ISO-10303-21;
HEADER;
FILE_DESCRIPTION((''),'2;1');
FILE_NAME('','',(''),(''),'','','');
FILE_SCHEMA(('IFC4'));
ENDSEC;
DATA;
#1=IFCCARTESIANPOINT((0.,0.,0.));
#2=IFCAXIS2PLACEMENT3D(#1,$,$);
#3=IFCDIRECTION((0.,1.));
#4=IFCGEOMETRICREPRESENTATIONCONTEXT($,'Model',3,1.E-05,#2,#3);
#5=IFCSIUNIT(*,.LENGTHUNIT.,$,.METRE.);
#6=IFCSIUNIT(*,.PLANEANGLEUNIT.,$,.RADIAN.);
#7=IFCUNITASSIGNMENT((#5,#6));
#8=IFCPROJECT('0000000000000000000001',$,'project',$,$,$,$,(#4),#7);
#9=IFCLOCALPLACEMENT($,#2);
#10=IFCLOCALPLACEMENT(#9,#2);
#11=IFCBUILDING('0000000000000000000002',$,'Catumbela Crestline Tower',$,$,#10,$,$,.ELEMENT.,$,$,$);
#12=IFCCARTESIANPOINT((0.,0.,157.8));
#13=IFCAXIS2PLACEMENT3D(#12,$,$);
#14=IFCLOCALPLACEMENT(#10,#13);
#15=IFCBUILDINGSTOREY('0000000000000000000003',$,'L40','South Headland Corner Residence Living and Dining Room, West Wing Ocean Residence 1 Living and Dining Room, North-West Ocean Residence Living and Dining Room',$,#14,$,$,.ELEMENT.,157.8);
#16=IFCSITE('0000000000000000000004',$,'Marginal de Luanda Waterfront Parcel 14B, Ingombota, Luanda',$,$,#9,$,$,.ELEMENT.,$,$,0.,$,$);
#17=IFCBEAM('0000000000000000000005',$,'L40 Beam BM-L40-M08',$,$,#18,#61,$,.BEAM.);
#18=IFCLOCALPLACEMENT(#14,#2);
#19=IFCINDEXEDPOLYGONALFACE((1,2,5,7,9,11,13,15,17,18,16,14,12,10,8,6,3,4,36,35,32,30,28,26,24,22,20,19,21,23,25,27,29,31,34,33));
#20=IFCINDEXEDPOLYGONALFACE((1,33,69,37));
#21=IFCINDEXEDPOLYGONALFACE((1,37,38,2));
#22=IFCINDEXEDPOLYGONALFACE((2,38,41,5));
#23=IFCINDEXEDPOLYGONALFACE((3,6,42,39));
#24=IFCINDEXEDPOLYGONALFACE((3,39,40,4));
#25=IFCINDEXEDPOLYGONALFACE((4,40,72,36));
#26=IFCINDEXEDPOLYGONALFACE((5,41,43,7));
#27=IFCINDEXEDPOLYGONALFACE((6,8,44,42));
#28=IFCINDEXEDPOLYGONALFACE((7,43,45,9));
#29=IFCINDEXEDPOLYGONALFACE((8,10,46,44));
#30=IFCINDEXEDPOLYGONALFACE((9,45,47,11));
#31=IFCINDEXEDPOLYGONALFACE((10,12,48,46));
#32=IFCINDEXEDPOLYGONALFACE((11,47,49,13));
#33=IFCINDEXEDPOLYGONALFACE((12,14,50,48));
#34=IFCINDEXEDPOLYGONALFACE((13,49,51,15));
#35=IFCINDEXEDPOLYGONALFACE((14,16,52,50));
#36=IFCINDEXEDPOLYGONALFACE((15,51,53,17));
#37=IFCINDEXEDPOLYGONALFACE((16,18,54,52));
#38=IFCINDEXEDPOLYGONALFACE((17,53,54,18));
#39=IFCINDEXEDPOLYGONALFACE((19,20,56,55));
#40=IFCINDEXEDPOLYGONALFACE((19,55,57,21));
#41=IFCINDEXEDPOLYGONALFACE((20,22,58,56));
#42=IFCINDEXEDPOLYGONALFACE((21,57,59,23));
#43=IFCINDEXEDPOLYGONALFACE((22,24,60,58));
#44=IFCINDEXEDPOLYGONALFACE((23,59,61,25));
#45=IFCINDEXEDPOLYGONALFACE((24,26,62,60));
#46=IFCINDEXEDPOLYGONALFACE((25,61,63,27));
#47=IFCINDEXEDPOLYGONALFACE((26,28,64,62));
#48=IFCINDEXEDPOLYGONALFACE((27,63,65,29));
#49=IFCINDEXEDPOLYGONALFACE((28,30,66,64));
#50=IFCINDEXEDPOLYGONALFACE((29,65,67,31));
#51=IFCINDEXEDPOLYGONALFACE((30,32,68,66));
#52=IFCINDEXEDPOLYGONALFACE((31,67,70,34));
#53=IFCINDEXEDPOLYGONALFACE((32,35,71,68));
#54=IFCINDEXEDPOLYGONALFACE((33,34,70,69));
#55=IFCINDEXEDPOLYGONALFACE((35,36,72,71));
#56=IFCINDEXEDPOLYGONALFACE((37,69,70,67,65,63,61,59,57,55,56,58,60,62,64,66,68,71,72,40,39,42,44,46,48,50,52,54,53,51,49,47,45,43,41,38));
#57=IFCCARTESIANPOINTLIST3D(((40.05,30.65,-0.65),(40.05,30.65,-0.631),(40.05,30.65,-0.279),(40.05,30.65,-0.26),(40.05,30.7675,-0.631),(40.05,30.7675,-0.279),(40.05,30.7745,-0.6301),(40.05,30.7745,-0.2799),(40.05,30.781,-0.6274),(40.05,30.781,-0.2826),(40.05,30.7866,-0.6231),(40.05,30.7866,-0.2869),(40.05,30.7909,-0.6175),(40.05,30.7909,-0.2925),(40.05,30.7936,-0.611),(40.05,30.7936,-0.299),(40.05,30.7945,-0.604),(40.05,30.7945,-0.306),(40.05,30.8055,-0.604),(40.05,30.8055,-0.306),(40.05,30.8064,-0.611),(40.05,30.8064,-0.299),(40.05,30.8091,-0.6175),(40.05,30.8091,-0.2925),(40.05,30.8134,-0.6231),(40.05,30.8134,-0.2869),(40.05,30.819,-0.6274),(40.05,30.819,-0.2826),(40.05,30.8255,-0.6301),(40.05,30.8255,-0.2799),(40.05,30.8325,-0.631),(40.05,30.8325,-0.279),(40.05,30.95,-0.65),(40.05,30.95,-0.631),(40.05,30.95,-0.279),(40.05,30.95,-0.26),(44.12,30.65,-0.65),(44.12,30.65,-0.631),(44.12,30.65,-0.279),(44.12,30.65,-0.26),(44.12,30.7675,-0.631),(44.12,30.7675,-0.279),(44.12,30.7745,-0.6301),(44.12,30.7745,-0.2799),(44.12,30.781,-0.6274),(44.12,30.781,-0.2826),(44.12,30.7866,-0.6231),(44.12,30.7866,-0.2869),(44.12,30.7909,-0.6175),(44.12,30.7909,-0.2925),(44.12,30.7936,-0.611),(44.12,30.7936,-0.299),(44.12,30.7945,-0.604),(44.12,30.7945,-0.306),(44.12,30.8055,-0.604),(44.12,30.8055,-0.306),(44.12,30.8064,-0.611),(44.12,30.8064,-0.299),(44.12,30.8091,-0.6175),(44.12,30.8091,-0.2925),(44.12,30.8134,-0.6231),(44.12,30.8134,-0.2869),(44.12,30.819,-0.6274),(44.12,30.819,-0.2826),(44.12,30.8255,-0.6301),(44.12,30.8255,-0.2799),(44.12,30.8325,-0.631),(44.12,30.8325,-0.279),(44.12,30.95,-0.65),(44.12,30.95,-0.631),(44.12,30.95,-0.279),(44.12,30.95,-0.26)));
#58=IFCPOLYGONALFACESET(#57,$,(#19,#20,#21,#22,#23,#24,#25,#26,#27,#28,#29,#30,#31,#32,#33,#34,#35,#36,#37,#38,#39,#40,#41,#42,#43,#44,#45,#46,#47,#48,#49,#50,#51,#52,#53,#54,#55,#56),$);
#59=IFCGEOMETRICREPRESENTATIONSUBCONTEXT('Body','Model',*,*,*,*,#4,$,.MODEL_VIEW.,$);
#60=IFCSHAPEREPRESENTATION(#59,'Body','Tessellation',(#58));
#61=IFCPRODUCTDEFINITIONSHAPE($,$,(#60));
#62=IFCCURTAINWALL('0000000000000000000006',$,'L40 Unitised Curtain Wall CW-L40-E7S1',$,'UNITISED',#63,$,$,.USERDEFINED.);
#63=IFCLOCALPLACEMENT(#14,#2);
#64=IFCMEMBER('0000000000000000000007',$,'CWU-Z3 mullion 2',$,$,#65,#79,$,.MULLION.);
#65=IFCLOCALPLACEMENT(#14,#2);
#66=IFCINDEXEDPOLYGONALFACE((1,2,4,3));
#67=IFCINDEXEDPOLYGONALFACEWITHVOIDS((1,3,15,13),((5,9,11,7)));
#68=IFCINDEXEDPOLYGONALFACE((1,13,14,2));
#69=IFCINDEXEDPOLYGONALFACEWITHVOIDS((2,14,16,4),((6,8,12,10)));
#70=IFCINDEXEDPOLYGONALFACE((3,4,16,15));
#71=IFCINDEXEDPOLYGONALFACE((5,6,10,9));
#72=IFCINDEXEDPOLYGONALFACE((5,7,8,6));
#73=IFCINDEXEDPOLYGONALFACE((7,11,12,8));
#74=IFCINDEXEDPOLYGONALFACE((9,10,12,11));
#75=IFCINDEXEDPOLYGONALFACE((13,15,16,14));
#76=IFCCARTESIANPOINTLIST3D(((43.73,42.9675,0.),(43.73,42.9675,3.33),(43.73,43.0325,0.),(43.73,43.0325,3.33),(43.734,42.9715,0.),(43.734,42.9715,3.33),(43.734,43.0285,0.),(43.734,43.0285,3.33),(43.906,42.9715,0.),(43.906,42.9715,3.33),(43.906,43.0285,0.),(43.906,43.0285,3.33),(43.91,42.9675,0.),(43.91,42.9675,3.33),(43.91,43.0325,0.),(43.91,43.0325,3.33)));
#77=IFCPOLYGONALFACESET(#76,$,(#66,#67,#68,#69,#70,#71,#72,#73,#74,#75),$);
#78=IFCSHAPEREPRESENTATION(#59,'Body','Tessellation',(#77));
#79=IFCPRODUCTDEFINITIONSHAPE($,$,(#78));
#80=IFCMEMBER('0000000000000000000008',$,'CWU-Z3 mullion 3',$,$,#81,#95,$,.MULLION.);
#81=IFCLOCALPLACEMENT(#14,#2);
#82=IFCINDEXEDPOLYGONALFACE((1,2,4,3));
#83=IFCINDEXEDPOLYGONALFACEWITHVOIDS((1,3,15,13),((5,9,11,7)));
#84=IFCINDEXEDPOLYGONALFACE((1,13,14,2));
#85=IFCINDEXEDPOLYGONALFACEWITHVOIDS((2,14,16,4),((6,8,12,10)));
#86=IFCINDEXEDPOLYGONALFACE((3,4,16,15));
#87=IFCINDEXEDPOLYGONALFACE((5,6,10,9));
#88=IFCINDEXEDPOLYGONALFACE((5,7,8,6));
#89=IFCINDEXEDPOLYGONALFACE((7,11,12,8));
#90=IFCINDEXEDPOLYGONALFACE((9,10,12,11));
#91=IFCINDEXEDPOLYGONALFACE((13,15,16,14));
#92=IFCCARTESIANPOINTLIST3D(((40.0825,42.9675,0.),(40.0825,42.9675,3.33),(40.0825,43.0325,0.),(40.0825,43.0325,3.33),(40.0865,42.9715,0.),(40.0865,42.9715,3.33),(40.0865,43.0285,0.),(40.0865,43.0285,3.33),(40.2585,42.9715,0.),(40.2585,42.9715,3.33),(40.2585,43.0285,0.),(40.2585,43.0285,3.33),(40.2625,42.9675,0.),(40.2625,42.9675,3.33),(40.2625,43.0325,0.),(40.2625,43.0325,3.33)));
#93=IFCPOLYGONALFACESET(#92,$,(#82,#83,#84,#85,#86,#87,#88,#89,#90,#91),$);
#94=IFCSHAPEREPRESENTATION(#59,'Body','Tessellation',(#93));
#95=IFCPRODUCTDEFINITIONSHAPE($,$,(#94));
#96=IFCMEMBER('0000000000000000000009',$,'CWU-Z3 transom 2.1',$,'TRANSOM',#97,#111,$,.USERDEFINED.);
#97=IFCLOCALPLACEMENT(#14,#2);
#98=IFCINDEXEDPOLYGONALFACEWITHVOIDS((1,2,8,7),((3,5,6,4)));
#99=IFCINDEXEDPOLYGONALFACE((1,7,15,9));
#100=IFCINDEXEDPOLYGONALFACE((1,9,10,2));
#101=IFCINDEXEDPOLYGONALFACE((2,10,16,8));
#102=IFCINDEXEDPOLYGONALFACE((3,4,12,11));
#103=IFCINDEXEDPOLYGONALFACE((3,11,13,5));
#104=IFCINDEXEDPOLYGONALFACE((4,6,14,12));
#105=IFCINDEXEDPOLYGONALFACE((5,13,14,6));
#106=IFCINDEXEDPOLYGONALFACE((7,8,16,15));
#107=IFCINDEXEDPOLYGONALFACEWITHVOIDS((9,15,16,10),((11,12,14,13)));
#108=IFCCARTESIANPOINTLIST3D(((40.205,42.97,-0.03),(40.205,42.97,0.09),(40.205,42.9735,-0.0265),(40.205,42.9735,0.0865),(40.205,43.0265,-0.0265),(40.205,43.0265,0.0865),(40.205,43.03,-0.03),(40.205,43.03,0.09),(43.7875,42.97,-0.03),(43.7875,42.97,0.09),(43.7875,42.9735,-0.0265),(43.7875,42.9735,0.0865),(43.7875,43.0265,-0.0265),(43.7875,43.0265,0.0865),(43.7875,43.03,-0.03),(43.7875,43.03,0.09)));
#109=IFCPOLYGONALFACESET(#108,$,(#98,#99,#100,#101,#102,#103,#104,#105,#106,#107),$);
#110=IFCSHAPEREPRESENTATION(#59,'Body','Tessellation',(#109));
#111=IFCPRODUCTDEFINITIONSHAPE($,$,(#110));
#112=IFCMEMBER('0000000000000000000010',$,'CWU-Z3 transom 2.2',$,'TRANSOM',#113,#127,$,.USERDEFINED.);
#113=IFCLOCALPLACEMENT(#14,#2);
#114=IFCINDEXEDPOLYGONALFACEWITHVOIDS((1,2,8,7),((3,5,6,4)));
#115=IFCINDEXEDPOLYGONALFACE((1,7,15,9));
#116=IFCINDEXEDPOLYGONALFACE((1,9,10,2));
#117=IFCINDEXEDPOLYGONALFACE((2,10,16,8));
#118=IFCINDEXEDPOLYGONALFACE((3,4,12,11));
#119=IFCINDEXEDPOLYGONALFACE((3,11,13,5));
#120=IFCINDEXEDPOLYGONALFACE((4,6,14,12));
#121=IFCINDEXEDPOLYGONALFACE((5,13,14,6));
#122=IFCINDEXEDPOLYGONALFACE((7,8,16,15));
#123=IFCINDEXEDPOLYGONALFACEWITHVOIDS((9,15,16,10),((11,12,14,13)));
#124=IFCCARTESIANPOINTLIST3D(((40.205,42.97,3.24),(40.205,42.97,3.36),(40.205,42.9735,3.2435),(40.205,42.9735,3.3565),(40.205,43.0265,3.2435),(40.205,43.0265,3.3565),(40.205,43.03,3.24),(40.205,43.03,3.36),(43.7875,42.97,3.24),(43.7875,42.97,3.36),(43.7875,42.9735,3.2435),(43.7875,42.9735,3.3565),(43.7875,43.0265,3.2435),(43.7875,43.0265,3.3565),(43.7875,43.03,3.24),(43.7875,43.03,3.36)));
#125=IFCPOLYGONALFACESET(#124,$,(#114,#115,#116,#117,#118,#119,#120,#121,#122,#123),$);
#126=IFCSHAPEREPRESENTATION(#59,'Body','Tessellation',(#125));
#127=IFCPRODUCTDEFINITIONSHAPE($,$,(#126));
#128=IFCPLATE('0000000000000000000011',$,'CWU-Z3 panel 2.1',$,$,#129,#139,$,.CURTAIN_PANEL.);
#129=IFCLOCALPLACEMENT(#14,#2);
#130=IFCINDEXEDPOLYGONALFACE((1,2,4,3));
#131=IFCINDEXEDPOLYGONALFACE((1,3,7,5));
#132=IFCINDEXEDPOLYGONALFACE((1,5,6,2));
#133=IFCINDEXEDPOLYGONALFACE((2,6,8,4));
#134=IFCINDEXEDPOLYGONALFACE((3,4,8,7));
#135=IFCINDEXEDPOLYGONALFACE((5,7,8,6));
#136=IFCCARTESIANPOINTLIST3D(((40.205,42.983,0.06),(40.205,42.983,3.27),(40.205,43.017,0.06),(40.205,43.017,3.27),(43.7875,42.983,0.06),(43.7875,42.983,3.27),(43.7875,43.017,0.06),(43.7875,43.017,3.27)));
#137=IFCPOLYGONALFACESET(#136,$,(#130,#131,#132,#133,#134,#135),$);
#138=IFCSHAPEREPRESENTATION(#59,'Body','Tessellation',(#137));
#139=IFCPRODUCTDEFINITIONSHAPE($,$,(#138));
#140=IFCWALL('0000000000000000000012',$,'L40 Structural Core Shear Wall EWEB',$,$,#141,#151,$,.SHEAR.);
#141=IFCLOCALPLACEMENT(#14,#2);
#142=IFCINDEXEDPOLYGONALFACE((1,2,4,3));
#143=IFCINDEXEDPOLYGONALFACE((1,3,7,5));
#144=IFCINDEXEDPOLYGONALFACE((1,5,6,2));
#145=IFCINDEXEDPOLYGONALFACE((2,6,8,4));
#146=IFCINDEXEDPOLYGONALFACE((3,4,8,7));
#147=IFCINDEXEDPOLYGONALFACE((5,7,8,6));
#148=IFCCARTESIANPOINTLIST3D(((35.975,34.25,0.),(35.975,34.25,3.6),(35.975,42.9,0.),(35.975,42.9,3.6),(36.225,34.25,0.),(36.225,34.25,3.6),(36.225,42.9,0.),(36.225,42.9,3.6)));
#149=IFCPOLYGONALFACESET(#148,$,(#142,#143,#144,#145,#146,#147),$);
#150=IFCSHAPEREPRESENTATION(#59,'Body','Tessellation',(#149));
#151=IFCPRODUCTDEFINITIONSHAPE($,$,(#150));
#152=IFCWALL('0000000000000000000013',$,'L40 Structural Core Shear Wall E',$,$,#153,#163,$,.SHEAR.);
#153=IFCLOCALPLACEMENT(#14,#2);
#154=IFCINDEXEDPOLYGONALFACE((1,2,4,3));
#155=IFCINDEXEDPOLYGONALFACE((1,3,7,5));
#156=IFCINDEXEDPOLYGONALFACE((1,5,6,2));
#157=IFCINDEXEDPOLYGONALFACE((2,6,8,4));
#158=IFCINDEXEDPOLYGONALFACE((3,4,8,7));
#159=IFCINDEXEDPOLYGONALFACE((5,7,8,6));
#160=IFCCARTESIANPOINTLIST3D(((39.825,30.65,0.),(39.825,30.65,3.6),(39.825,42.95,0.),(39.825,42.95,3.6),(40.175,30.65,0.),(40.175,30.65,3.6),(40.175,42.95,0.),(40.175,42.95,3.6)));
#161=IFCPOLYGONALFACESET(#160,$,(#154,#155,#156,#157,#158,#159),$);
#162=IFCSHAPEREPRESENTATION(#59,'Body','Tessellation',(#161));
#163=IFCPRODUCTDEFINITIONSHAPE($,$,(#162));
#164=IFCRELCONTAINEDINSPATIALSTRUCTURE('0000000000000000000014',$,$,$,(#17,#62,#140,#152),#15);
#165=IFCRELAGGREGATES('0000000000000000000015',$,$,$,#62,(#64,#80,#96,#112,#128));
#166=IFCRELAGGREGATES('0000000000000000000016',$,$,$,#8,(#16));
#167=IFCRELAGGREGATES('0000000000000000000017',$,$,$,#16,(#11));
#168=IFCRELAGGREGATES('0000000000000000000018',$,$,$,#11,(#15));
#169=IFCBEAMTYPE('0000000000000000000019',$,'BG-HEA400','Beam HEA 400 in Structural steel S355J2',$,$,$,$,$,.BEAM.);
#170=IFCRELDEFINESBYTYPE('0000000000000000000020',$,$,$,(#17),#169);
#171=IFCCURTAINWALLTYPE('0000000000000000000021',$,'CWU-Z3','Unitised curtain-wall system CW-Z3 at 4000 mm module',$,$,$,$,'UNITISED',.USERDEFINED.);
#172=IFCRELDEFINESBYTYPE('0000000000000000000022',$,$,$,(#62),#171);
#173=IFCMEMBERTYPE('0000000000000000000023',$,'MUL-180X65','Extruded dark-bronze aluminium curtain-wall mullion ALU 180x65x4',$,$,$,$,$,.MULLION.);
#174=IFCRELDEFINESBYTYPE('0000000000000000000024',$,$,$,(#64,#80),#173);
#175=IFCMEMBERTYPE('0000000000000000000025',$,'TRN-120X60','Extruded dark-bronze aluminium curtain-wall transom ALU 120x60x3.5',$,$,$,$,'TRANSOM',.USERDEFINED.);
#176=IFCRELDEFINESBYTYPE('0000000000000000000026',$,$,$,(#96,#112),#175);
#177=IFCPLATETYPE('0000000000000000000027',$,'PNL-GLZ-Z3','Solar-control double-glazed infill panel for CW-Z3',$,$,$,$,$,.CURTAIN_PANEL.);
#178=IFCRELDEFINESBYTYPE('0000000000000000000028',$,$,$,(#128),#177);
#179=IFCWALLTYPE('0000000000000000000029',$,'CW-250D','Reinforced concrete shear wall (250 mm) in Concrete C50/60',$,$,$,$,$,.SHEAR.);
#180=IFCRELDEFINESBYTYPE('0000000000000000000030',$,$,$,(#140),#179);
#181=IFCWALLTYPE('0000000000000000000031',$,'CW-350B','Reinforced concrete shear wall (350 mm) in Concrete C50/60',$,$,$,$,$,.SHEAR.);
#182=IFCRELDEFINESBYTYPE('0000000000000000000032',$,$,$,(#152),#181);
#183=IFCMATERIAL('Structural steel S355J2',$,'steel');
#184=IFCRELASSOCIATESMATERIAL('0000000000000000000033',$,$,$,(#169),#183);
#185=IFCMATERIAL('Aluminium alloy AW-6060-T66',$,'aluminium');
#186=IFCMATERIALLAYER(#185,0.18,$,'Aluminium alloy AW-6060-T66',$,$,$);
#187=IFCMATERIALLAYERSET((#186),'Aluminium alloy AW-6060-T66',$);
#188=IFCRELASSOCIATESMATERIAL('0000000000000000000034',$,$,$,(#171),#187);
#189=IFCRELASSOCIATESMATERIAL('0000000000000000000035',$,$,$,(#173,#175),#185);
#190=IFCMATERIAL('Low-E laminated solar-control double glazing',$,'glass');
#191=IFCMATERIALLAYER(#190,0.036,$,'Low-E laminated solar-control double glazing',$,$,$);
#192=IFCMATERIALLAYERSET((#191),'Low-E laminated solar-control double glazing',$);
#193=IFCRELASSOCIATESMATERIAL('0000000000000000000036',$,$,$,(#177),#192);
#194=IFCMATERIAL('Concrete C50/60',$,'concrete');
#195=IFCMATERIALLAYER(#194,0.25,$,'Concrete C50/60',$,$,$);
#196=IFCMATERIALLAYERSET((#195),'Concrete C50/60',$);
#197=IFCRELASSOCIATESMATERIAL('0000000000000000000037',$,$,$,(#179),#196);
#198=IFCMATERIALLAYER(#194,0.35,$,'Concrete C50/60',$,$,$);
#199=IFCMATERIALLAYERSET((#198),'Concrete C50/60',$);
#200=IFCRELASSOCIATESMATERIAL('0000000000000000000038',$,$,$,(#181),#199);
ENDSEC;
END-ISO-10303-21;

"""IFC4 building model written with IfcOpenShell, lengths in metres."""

from ifc_helpers import new_model, si_unit, direction, frame, frame_2d, origin, origin_2d, place, context, subcontext, project, spatial, rectangle, hollow_rectangle, i_section, extrude, material, layer, layer_set, material_profile, profile_set, type_object, element, aggregate, save


model = new_model("IFC4")

# Units and contexts
model_context = context("Model", 3, precision=1e-05, world=origin(), true_north=direction((0.0, 1.0)))
body_context = subcontext(model_context, "Body", "Model", "MODEL_VIEW")
ifc_project = project(units=[si_unit("LENGTHUNIT", "METRE"), si_unit("PLANEANGLEUNIT", "RADIAN")], contexts=[model_context])

# Site, building, storey
site_placement = place(None, origin())
site = spatial("IfcSite", under=ifc_project, at=site_placement, Name="Marginal de Luanda Waterfront Parcel 14B, Ingombota, Luanda", CompositionType="ELEMENT", RefElevation=0.0)
building_placement = place(site_placement, origin())
building = spatial("IfcBuilding", under=site, at=building_placement, Name="Catumbela Crestline Tower", CompositionType="ELEMENT")
storey_placement = place(building_placement, frame((0.0, 0.0, 157.8)))
storey = spatial("IfcBuildingStorey", under=building, at=storey_placement, Name="L40", Description="South Headland Corner Residence Living and Dining Room, West Wing Ocean Residence 1 Living and Dining Room, North-West Ocean Residence Living and Dining Room", CompositionType="ELEMENT", Elevation=157.8)

# Beam
ifc_material_1 = material(Name="Structural steel S355J2", Category="steel")
ifc_material_profile_1 = material_profile(ifc_material_1, i_section(OverallWidth=0.3, OverallDepth=0.39, WebThickness=0.011, FlangeThickness=0.019, FilletRadius=0.027, at=origin_2d()), Name="HEA 400")
ifc_profile_set_1 = profile_set([ifc_material_profile_1], Name="Structural steel S355J2")
beam_type = type_object("IfcBeamType", Name="BG-HEA400", Description="Beam HEA 400 in Structural steel S355J2", PredefinedType="BEAM", material=ifc_profile_set_1)
beam_placement = place(storey_placement, frame((40.05, 30.8, -0.455), z_axis=(1.0, 0.0, 0.0), x_axis=(0.0, 1.0, 0.0)))
element("IfcBeam", 1, at=beam_placement, inside=storey, type_object=beam_type, Name="L40 Beam BM-L40-M08", PredefinedType="BEAM", context=body_context, shape_type="SweptSolid", body=[
    extrude(i_section(OverallWidth=0.3, OverallDepth=0.39, WebThickness=0.011, FlangeThickness=0.019, FilletRadius=0.027, at=origin_2d()), origin(), (0.0, 0.0, 1.0), 4.07),
])

# Curtain wall, members, plate
ifc_material_2 = material(Name="Aluminium alloy AW-6060-T66", Category="aluminium")
ifc_layer_1 = layer(ifc_material_2, 0.18, Name="Aluminium alloy AW-6060-T66")
ifc_layer_set_1 = layer_set([ifc_layer_1], Name="Aluminium alloy AW-6060-T66")
curtain_wall_type = type_object("IfcCurtainWallType", Name="CWU-Z3", Description="Unitised curtain-wall system CW-Z3 at 4000 mm module", ElementType="UNITISED", PredefinedType="USERDEFINED", material=ifc_layer_set_1)
curtain_wall_placement = place(storey_placement, origin())
curtain_wall = element("IfcCurtainWall", 2, at=curtain_wall_placement, inside=storey, type_object=curtain_wall_type, Name="L40 Unitised Curtain Wall CW-L40-E7S1", ObjectType="UNITISED", PredefinedType="USERDEFINED")
ifc_material_profile_2 = material_profile(ifc_material_2, hollow_rectangle(XDim=0.065, YDim=0.18, WallThickness=0.004, at=origin_2d()), Name="ALU 180x65x4")
ifc_profile_set_2 = profile_set([ifc_material_profile_2], Name="Aluminium alloy AW-6060-T66")
member_type_1 = type_object("IfcMemberType", Name="MUL-180X65", Description="Extruded dark-bronze aluminium curtain-wall mullion ALU 180x65x4", PredefinedType="MULLION", material=ifc_profile_set_2)
member_1_placement = place(storey_placement, frame((43.82, 43.0, 0.0), z_axis=(0.0, 0.0, 1.0), x_axis=(0.0, -1.0, 0.0)))
member_1 = element("IfcMember", 3, at=member_1_placement, type_object=member_type_1, Name="CWU-Z3 mullion 2", PredefinedType="MULLION", context=body_context, shape_type="SweptSolid", body=[
    extrude(hollow_rectangle(XDim=0.065, YDim=0.18, WallThickness=0.004, at=origin_2d()), origin(), (0.0, 0.0, 1.0), 3.33),
])
member_2_placement = place(storey_placement, frame((40.1725, 43.0, 0.0), z_axis=(0.0, 0.0, 1.0), x_axis=(0.0, -1.0, 0.0)))
member_2 = element("IfcMember", 4, at=member_2_placement, type_object=member_type_1, Name="CWU-Z3 mullion 3", PredefinedType="MULLION", context=body_context, shape_type="SweptSolid", body=[
    extrude(hollow_rectangle(XDim=0.065, YDim=0.18, WallThickness=0.004, at=origin_2d()), origin(), (0.0, 0.0, 1.0), 3.33),
])
ifc_material_profile_3 = material_profile(ifc_material_2, hollow_rectangle(XDim=0.06, YDim=0.12, WallThickness=0.0035, at=origin_2d()), Name="ALU 120x60x3.5")
ifc_profile_set_3 = profile_set([ifc_material_profile_3], Name="Aluminium alloy AW-6060-T66")
member_type_2 = type_object("IfcMemberType", Name="TRN-120X60", Description="Extruded dark-bronze aluminium curtain-wall transom ALU 120x60x3.5", ElementType="TRANSOM", PredefinedType="USERDEFINED", material=ifc_profile_set_3)
member_3_placement = place(storey_placement, frame((43.7875, 43.0, 0.03), z_axis=(-1.0, 0.0, 0.0), x_axis=(0.0, -1.0, 0.0)))
member_3 = element("IfcMember", 5, at=member_3_placement, type_object=member_type_2, Name="CWU-Z3 transom 2.1", ObjectType="TRANSOM", PredefinedType="USERDEFINED", context=body_context, shape_type="SweptSolid", body=[
    extrude(hollow_rectangle(XDim=0.06, YDim=0.12, WallThickness=0.0035, at=origin_2d()), origin(), (0.0, 0.0, 1.0), 3.5825),
])
member_4_placement = place(storey_placement, frame((43.7875, 43.0, 3.3), z_axis=(-1.0, 0.0, 0.0), x_axis=(0.0, -1.0, 0.0)))
member_4 = element("IfcMember", 6, at=member_4_placement, type_object=member_type_2, Name="CWU-Z3 transom 2.2", ObjectType="TRANSOM", PredefinedType="USERDEFINED", context=body_context, shape_type="SweptSolid", body=[
    extrude(hollow_rectangle(XDim=0.06, YDim=0.12, WallThickness=0.0035, at=origin_2d()), origin(), (0.0, 0.0, 1.0), 3.5825),
])
ifc_material_3 = material(Name="Low-E laminated solar-control double glazing", Category="glass")
ifc_layer_2 = layer(ifc_material_3, 0.036, Name="Low-E laminated solar-control double glazing")
ifc_layer_set_2 = layer_set([ifc_layer_2], Name="Low-E laminated solar-control double glazing")
plate_type = type_object("IfcPlateType", Name="PNL-GLZ-Z3", Description="Solar-control double-glazed infill panel for CW-Z3", PredefinedType="CURTAIN_PANEL", material=ifc_layer_set_2)
plate_placement = place(storey_placement, frame((41.9963, 43.0, 0.06), z_axis=(0.0, 0.0, 1.0), x_axis=(-1.0, 0.0, 0.0)))
plate = element("IfcPlate", 7, at=plate_placement, type_object=plate_type, Name="CWU-Z3 panel 2.1", PredefinedType="CURTAIN_PANEL", context=body_context, shape_type="SweptSolid", body=[
    extrude(rectangle(XDim=3.5825, YDim=0.034, at=origin_2d()), origin(), (0.0, 0.0, 1.0), 3.21),
])
aggregate(curtain_wall, [member_1, member_2, member_3, member_4, plate])

# Walls
ifc_material_4 = material(Name="Concrete C50/60", Category="concrete")
ifc_layer_3 = layer(ifc_material_4, 0.25, Name="Concrete C50/60")
ifc_layer_set_3 = layer_set([ifc_layer_3], Name="Concrete C50/60")
wall_type_1 = type_object("IfcWallType", Name="CW-250D", Description="Reinforced concrete shear wall (250 mm) in Concrete C50/60", PredefinedType="SHEAR", material=ifc_layer_set_3)
wall_1_placement = place(storey_placement, frame((36.1, 34.25, 0.0), z_axis=(0.0, 0.0, 1.0), x_axis=(0.0, 1.0, 0.0)))
element("IfcWall", 8, at=wall_1_placement, inside=storey, type_object=wall_type_1, Name="L40 Structural Core Shear Wall EWEB", PredefinedType="SHEAR", context=body_context, shape_type="SweptSolid", body=[
    extrude(rectangle(XDim=8.65, YDim=0.25, at=frame_2d((4.325, 0.0))), origin(), (0.0, 0.0, 1.0), 3.6),
])
ifc_layer_4 = layer(ifc_material_4, 0.35, Name="Concrete C50/60")
ifc_layer_set_4 = layer_set([ifc_layer_4], Name="Concrete C50/60")
wall_type_2 = type_object("IfcWallType", Name="CW-350B", Description="Reinforced concrete shear wall (350 mm) in Concrete C50/60", PredefinedType="SHEAR", material=ifc_layer_set_4)
wall_2_placement = place(storey_placement, frame((40.0, 30.65, 0.0), z_axis=(0.0, 0.0, 1.0), x_axis=(0.0, 1.0, 0.0)))
element("IfcWall", 9, at=wall_2_placement, inside=storey, type_object=wall_type_2, Name="L40 Structural Core Shear Wall E", PredefinedType="SHEAR", context=body_context, shape_type="SweptSolid", body=[
    extrude(rectangle(XDim=12.3, YDim=0.35, at=frame_2d((6.15, 0.0))), origin(), (0.0, 0.0, 1.0), 3.6),
])

save(model, "model.ifc")
